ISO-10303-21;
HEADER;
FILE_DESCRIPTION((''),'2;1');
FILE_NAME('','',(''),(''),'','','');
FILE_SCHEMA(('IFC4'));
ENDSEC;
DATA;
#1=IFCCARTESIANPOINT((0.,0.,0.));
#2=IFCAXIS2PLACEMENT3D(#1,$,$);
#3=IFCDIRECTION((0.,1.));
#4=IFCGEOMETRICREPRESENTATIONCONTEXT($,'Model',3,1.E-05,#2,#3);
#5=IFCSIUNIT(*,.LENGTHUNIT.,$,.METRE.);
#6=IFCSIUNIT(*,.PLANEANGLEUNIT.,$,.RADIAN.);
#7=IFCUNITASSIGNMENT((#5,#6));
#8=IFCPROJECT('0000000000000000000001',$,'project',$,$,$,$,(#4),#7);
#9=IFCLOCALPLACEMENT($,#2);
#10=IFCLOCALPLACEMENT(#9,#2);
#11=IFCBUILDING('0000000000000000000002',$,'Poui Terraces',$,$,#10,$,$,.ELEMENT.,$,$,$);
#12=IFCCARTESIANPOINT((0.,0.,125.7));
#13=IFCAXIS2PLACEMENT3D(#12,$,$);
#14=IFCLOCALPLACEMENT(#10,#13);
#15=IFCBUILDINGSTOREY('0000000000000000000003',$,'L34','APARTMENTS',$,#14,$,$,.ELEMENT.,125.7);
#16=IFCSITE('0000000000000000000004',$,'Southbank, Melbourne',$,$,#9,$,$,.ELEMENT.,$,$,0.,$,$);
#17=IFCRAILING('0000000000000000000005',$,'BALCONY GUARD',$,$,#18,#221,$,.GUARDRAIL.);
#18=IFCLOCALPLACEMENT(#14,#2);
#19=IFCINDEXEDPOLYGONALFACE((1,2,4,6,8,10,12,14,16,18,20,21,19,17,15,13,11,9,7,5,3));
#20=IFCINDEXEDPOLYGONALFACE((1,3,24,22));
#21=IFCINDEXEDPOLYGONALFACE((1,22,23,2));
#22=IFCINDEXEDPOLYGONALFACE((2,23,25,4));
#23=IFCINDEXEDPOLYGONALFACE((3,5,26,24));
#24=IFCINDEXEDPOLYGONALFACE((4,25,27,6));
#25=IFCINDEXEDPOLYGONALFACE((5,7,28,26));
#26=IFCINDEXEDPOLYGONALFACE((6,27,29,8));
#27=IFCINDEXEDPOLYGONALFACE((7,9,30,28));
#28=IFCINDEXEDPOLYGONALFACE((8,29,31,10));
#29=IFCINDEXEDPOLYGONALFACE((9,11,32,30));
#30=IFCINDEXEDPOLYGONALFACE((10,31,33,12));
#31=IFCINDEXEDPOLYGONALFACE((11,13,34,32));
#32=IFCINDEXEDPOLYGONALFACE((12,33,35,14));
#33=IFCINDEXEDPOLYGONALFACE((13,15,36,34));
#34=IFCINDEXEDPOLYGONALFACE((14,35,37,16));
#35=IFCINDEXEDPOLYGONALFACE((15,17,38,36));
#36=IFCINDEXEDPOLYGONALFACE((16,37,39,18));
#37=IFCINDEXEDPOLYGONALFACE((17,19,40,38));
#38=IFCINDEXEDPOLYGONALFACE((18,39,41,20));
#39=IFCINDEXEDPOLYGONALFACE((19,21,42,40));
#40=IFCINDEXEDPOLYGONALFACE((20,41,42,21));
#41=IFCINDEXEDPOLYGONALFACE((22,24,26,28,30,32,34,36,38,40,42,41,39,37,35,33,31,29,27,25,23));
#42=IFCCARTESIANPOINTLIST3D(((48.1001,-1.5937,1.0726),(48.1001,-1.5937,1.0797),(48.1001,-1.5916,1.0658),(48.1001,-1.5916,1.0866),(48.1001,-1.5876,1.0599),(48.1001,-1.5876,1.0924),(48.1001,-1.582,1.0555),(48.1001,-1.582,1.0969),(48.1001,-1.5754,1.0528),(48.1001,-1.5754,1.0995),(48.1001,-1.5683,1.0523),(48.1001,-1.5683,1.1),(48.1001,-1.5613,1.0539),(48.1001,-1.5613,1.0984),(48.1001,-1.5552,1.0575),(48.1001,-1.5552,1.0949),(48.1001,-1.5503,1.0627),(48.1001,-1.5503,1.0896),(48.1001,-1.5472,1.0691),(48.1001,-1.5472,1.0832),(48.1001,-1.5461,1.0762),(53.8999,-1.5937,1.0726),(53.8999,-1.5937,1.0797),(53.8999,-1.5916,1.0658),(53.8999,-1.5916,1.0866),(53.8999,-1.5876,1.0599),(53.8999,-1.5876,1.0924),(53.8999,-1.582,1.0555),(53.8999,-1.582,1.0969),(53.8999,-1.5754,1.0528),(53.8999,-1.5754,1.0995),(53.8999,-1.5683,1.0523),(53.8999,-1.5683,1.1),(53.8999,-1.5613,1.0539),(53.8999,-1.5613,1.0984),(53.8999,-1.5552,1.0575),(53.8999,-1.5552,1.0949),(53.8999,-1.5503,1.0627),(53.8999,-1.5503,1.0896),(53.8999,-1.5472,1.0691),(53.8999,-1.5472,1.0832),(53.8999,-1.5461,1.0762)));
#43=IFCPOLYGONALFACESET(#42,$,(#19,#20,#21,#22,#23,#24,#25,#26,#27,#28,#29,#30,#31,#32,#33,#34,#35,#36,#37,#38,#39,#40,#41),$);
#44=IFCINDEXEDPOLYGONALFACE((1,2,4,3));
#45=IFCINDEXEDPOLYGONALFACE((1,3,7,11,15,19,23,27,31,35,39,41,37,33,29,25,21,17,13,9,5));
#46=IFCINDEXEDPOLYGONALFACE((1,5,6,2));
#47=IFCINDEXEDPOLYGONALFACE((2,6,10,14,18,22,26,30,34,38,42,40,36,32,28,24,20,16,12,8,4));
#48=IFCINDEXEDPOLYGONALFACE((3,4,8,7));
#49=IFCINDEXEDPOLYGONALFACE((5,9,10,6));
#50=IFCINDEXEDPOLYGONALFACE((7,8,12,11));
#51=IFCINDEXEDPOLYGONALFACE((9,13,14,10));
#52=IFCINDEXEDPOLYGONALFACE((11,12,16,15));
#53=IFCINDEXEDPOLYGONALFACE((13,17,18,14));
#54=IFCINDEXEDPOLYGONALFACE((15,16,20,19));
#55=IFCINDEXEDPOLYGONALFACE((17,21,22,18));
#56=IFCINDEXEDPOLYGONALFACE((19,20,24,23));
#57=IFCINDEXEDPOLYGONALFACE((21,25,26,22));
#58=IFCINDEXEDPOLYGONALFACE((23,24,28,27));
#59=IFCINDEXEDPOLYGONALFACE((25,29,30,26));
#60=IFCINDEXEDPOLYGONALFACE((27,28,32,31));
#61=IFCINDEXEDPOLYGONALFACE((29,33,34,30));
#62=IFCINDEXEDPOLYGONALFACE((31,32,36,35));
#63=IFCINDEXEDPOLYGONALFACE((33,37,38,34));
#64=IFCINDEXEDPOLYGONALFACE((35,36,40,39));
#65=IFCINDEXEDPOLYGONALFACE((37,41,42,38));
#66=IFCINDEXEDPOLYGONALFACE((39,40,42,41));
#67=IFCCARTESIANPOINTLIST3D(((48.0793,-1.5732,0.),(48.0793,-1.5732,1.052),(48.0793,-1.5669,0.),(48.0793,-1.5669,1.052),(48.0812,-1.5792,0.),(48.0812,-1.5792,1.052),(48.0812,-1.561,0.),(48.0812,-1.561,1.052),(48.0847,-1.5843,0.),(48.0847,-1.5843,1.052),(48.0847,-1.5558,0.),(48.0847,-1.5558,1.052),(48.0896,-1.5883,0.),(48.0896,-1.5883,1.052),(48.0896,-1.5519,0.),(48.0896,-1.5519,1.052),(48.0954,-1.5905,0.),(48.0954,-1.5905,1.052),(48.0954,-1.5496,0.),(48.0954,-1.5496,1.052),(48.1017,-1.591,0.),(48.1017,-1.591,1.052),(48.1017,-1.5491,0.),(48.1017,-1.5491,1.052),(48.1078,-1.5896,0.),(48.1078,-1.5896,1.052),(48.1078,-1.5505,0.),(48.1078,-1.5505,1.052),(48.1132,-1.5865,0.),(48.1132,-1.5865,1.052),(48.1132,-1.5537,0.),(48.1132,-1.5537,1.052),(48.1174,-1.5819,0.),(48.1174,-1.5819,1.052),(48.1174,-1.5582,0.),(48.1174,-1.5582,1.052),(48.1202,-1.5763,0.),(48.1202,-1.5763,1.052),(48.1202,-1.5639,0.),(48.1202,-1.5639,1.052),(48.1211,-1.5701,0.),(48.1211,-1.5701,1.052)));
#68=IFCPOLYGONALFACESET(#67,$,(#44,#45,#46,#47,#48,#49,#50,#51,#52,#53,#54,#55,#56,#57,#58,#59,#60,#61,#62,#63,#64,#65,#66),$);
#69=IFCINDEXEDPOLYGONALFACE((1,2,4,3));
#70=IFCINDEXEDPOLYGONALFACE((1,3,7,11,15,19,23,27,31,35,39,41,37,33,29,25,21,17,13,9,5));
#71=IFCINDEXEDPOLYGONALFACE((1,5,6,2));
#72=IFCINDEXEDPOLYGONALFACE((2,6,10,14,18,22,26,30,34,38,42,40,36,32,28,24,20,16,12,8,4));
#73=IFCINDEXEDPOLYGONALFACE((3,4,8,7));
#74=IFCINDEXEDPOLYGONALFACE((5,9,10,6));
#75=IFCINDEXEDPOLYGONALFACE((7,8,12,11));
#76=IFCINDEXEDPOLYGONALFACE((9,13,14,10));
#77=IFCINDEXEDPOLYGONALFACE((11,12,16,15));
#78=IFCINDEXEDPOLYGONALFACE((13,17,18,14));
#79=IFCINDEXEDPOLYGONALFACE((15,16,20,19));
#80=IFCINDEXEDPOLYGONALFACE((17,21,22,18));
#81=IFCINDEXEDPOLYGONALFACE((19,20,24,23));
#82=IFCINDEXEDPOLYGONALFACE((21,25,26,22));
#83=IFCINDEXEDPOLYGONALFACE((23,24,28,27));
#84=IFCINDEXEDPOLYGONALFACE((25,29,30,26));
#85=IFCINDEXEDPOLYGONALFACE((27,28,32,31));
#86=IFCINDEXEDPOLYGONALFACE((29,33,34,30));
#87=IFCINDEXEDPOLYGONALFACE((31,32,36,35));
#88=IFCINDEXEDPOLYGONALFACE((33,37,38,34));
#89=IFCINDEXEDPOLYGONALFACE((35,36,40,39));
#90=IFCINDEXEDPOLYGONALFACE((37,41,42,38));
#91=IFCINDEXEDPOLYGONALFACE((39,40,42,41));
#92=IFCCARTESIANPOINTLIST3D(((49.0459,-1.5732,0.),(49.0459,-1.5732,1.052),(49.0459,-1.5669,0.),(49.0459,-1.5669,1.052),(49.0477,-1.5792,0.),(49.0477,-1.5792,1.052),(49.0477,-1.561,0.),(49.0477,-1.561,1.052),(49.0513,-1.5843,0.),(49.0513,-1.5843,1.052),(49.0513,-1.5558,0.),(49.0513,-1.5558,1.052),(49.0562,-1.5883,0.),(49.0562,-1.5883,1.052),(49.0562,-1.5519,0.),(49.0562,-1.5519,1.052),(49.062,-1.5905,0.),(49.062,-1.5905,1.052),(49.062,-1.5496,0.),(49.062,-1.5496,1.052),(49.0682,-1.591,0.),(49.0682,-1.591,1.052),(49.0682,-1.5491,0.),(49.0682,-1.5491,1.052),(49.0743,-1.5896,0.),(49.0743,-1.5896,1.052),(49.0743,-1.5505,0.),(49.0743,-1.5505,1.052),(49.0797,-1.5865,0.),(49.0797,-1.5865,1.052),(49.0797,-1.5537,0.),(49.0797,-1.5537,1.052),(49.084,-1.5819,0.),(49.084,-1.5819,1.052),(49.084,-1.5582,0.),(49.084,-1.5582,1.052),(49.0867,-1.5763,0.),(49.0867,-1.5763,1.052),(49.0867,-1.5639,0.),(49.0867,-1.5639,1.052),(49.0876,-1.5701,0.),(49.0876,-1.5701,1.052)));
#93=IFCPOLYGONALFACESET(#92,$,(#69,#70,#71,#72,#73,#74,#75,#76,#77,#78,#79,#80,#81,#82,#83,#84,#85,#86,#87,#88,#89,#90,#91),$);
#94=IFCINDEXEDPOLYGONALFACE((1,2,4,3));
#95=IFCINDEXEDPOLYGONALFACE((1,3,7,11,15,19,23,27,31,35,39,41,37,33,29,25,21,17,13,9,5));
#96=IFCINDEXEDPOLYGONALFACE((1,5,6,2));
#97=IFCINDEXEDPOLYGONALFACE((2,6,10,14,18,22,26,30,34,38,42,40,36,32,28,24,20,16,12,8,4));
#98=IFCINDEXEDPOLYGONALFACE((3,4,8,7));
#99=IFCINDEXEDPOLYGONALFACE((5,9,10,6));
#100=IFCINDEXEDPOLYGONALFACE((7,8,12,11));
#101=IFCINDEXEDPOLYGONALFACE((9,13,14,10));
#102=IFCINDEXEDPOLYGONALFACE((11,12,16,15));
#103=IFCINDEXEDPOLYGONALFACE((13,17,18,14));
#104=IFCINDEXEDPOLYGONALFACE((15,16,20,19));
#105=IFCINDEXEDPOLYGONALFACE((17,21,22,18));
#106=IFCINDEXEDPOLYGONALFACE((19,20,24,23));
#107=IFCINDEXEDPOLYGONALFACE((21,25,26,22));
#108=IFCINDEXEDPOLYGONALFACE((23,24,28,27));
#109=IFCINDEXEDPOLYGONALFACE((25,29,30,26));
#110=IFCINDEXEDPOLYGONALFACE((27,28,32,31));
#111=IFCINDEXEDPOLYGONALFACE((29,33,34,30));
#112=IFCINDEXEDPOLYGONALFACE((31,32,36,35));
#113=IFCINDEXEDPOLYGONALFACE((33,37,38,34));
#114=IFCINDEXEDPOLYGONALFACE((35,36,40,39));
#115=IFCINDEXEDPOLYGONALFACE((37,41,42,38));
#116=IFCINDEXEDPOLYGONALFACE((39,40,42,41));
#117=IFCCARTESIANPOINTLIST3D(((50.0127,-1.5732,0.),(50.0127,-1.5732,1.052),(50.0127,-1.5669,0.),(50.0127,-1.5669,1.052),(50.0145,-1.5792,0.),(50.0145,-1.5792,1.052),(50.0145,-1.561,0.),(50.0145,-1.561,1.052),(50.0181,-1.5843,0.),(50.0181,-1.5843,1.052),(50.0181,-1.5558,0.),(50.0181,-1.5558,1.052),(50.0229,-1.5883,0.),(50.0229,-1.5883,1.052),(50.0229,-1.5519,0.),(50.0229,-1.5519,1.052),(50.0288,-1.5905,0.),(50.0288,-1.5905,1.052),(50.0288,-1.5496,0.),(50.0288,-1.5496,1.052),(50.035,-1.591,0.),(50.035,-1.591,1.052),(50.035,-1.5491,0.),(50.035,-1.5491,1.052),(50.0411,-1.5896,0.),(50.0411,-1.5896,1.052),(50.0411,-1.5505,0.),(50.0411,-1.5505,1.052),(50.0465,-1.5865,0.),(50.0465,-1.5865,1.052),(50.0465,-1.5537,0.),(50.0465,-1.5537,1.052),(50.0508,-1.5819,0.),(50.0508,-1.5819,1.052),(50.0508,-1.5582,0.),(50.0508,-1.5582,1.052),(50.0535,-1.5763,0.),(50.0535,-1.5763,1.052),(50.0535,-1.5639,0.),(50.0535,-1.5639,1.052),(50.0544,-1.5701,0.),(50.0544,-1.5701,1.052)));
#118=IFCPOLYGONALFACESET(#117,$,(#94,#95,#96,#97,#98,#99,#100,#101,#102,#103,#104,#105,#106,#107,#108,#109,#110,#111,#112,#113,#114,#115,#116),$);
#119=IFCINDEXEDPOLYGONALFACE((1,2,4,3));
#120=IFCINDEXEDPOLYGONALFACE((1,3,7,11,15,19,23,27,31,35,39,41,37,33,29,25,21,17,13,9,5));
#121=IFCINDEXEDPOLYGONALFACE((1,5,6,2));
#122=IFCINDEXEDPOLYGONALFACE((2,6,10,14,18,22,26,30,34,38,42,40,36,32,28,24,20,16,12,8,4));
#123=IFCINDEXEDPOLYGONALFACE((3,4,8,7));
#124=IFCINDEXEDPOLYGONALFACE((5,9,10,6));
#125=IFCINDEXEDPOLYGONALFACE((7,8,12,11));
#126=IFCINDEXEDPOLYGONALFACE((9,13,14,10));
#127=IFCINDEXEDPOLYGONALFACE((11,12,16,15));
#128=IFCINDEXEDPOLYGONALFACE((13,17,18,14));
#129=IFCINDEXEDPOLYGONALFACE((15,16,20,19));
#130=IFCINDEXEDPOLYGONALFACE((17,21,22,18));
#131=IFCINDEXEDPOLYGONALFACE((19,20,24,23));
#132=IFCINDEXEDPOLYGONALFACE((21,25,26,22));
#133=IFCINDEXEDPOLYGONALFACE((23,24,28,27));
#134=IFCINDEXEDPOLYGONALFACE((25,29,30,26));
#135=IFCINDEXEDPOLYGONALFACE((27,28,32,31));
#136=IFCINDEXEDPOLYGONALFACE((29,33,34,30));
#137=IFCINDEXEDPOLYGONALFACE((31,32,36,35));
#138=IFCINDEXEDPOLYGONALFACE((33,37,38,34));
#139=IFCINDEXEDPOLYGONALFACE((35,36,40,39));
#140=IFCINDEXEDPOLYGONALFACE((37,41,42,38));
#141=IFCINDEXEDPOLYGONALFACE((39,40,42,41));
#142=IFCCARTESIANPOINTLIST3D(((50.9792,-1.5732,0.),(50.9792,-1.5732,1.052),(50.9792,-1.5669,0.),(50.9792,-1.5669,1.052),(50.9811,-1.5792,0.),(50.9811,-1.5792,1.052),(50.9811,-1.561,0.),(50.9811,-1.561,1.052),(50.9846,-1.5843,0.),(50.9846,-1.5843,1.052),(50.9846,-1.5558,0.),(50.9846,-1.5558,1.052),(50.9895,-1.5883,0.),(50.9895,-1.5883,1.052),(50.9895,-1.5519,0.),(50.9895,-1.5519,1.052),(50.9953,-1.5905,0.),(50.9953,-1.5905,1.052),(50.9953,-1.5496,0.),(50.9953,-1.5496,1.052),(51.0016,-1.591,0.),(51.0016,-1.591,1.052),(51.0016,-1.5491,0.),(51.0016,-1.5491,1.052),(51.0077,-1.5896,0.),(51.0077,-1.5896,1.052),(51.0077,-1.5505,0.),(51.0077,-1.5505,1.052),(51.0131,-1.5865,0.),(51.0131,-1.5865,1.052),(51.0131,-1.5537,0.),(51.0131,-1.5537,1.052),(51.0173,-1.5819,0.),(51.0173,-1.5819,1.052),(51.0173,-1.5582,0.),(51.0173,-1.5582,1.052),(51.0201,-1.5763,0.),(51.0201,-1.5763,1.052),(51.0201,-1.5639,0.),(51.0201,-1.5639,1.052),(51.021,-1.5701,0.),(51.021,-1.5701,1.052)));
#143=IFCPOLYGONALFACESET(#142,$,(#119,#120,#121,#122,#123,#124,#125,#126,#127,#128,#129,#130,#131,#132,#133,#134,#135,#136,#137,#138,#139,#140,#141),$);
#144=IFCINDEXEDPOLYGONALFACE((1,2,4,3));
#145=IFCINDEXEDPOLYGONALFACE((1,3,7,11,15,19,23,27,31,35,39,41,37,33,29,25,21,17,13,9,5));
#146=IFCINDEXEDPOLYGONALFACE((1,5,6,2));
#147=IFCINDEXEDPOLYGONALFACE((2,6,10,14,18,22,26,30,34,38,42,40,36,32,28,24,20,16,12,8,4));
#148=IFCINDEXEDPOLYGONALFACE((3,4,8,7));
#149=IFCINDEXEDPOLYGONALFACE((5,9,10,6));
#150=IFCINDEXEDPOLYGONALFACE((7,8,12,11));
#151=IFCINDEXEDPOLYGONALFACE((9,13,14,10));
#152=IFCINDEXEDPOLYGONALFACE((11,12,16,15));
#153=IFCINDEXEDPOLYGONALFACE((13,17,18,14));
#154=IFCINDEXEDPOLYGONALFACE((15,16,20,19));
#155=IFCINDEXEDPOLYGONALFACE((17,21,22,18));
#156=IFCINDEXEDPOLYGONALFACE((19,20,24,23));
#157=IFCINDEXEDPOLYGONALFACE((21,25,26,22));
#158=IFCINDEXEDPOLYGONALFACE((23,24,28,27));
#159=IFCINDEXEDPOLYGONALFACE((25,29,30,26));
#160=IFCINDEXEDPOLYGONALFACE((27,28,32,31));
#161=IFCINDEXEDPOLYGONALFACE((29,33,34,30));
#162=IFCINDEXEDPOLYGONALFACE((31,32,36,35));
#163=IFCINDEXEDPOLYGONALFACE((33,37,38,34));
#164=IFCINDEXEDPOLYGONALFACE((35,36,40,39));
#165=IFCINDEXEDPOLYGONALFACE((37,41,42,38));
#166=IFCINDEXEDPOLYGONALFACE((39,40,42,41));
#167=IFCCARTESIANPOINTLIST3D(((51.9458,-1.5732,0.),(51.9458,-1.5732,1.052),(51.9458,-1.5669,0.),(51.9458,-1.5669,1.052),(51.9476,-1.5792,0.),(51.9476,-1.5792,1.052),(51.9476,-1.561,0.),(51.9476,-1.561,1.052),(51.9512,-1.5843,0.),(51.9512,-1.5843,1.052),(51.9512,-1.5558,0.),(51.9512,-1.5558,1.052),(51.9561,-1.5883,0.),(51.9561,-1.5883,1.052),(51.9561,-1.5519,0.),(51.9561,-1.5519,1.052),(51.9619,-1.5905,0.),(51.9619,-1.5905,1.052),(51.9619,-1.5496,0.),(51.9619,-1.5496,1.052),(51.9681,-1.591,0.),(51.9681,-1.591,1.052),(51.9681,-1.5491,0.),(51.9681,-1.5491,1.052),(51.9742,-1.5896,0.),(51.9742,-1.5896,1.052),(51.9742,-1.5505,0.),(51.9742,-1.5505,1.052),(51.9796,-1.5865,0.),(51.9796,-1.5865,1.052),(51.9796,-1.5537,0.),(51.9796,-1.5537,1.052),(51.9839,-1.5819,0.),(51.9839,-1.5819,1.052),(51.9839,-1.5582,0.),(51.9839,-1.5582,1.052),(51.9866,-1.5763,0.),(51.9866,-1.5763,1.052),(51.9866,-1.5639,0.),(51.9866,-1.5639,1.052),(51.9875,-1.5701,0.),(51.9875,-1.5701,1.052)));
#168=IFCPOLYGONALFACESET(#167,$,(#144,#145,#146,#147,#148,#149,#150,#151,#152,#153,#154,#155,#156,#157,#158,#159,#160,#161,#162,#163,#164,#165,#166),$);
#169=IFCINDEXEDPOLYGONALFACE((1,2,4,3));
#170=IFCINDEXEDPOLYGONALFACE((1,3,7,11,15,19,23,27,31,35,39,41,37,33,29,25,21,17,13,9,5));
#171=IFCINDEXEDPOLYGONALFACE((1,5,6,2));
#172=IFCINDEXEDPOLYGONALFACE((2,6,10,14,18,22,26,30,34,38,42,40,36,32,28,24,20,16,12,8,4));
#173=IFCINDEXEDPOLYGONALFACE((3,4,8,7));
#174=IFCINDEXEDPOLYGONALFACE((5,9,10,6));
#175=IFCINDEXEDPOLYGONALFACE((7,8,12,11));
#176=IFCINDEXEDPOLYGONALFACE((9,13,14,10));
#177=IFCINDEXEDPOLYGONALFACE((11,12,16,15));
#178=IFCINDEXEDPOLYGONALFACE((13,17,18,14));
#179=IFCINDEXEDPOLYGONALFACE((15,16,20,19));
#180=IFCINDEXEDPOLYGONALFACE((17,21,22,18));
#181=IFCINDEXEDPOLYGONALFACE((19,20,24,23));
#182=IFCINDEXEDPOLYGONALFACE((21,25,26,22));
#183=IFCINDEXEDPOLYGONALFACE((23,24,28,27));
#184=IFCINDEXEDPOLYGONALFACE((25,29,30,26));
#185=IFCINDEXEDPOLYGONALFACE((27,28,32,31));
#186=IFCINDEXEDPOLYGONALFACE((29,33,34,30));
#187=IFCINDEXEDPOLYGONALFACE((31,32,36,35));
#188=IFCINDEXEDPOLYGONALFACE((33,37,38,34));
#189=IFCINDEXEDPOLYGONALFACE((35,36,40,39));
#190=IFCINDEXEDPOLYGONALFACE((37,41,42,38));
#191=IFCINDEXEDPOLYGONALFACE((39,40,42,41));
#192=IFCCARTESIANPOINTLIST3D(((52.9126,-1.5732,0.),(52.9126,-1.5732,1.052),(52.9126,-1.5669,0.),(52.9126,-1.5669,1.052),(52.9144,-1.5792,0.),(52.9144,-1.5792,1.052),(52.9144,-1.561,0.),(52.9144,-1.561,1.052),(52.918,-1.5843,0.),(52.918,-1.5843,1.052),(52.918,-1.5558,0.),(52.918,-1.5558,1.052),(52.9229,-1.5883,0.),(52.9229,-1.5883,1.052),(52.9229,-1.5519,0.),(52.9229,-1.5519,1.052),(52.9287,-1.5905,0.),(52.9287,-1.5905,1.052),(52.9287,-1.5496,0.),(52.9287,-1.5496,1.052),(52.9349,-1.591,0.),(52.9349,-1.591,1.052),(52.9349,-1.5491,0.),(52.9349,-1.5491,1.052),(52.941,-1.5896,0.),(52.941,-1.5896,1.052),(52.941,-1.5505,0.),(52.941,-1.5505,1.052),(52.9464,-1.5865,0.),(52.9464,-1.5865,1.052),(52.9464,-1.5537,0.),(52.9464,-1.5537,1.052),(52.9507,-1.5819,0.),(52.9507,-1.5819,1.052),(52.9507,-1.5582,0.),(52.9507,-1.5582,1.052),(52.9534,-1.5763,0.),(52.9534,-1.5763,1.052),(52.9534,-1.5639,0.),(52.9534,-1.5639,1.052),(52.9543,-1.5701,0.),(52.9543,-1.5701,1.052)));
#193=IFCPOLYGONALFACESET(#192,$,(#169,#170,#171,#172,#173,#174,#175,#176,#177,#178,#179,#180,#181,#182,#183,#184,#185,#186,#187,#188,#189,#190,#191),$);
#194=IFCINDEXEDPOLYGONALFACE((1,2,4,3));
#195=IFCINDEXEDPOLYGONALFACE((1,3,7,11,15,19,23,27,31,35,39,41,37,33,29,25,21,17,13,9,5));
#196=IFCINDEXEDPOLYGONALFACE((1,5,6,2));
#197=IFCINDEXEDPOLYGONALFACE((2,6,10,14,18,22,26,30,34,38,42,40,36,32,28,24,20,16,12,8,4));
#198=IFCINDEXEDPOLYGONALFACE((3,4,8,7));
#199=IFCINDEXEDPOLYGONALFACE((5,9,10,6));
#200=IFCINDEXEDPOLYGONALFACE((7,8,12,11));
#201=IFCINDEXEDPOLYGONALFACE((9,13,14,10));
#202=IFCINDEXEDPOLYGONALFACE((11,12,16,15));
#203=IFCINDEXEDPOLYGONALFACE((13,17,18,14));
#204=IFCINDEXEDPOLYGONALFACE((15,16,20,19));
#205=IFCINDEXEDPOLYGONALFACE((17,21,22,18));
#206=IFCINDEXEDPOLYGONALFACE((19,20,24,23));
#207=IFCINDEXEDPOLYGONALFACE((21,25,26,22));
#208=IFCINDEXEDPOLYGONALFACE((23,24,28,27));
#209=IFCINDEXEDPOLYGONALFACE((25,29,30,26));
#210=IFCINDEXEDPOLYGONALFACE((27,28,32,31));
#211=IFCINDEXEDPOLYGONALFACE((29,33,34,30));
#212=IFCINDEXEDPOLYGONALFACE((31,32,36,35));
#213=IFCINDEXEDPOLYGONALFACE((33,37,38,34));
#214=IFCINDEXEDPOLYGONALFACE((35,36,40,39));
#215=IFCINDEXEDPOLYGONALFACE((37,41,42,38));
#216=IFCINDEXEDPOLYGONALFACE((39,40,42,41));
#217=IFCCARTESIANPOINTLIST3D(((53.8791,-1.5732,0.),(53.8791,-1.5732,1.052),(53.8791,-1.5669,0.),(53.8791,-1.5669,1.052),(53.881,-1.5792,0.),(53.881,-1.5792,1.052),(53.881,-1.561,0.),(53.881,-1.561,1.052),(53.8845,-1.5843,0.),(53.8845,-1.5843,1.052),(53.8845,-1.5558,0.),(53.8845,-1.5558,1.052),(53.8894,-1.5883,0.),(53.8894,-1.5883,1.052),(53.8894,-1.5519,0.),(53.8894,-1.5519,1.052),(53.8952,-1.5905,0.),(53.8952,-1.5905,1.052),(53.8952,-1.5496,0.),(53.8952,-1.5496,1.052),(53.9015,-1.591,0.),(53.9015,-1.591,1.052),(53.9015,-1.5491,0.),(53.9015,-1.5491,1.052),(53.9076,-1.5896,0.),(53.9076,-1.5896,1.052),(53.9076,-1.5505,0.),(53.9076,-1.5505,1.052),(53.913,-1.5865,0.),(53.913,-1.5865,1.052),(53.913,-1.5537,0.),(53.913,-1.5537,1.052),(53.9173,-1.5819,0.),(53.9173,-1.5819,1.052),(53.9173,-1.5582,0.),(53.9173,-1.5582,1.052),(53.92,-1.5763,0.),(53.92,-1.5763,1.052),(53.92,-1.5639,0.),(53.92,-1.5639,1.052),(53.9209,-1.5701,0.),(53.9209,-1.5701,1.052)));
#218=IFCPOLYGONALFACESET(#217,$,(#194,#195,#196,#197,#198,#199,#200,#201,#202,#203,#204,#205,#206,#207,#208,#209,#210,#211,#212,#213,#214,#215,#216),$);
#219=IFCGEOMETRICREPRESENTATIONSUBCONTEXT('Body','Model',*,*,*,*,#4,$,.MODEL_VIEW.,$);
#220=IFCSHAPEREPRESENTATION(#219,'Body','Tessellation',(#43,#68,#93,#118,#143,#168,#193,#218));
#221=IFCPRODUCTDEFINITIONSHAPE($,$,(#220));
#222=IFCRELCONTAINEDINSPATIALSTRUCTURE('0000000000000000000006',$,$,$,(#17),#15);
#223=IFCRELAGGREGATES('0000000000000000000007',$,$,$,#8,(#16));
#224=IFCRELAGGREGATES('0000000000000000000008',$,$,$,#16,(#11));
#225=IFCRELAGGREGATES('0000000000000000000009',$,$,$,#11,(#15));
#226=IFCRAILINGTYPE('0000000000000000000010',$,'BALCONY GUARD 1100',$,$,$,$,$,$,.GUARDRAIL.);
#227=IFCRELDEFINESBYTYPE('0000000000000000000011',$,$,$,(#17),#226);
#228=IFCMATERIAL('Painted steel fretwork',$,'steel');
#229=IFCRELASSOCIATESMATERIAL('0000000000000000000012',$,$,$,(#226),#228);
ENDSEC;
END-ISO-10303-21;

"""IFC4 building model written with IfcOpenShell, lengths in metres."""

from ifc_helpers import new_model, si_unit, direction, frame, origin, origin_2d, place, context, subcontext, project, spatial, circle, extrude, material, type_object, element, save


model = new_model("IFC4")

# Units and contexts
model_context = context("Model", 3, precision=1e-05, world=origin(), true_north=direction((0.0, 1.0)))
body_context = subcontext(model_context, "Body", "Model", "MODEL_VIEW")
ifc_project = project(units=[si_unit("LENGTHUNIT", "METRE"), si_unit("PLANEANGLEUNIT", "RADIAN")], contexts=[model_context])

# Site, building, storey
site_placement = place(None, origin())
site = spatial("IfcSite", under=ifc_project, at=site_placement, Name="Southbank, Melbourne", CompositionType="ELEMENT", RefElevation=0.0)
building_placement = place(site_placement, origin())
building = spatial("IfcBuilding", under=site, at=building_placement, Name="Poui Terraces", CompositionType="ELEMENT")
storey_placement = place(building_placement, frame((0.0, 0.0, 125.7)))
storey = spatial("IfcBuildingStorey", under=building, at=storey_placement, Name="L34", Description="APARTMENTS", CompositionType="ELEMENT", Elevation=125.7)

# Railing
ifc_material_1 = material(Name="Painted steel fretwork", Category="steel")
railing_type = type_object("IfcRailingType", Name="BALCONY GUARD 1100", PredefinedType="GUARDRAIL", material=ifc_material_1)
railing_placement = place(storey_placement, frame((48.1001, -1.5701, 0.0)))
element("IfcRailing", 1, at=railing_placement, inside=storey, type_object=railing_type, Name="BALCONY GUARD", PredefinedType="GUARDRAIL", context=body_context, shape_type="SweptSolid", body=[
    extrude(circle(Radius=0.0239, at=origin_2d()), frame((0.0, 0.0, 1.0762), z_axis=(1.0, 0.0, 0.0), x_axis=(0.0, 1.0, 0.0)), (0.0, 0.0, 1.0), 5.7998),
    extrude(circle(Radius=0.021, at=origin_2d()), origin(), (0.0, 0.0, 1.0), 1.052),
    extrude(circle(Radius=0.021, at=origin_2d()), frame((0.9666, 0.0, 0.0)), (0.0, 0.0, 1.0), 1.052),
    extrude(circle(Radius=0.021, at=origin_2d()), frame((1.9333, 0.0, 0.0)), (0.0, 0.0, 1.0), 1.052),
    extrude(circle(Radius=0.021, at=origin_2d()), frame((2.8999, 0.0, 0.0)), (0.0, 0.0, 1.0), 1.052),
    extrude(circle(Radius=0.021, at=origin_2d()), frame((3.8665, 0.0, 0.0)), (0.0, 0.0, 1.0), 1.052),
    extrude(circle(Radius=0.021, at=origin_2d()), frame((4.8333, 0.0, 0.0)), (0.0, 0.0, 1.0), 1.052),
    extrude(circle(Radius=0.021, at=origin_2d()), frame((5.7998, 0.0, 0.0)), (0.0, 0.0, 1.0), 1.052),
])

save(model, "model.ifc")
